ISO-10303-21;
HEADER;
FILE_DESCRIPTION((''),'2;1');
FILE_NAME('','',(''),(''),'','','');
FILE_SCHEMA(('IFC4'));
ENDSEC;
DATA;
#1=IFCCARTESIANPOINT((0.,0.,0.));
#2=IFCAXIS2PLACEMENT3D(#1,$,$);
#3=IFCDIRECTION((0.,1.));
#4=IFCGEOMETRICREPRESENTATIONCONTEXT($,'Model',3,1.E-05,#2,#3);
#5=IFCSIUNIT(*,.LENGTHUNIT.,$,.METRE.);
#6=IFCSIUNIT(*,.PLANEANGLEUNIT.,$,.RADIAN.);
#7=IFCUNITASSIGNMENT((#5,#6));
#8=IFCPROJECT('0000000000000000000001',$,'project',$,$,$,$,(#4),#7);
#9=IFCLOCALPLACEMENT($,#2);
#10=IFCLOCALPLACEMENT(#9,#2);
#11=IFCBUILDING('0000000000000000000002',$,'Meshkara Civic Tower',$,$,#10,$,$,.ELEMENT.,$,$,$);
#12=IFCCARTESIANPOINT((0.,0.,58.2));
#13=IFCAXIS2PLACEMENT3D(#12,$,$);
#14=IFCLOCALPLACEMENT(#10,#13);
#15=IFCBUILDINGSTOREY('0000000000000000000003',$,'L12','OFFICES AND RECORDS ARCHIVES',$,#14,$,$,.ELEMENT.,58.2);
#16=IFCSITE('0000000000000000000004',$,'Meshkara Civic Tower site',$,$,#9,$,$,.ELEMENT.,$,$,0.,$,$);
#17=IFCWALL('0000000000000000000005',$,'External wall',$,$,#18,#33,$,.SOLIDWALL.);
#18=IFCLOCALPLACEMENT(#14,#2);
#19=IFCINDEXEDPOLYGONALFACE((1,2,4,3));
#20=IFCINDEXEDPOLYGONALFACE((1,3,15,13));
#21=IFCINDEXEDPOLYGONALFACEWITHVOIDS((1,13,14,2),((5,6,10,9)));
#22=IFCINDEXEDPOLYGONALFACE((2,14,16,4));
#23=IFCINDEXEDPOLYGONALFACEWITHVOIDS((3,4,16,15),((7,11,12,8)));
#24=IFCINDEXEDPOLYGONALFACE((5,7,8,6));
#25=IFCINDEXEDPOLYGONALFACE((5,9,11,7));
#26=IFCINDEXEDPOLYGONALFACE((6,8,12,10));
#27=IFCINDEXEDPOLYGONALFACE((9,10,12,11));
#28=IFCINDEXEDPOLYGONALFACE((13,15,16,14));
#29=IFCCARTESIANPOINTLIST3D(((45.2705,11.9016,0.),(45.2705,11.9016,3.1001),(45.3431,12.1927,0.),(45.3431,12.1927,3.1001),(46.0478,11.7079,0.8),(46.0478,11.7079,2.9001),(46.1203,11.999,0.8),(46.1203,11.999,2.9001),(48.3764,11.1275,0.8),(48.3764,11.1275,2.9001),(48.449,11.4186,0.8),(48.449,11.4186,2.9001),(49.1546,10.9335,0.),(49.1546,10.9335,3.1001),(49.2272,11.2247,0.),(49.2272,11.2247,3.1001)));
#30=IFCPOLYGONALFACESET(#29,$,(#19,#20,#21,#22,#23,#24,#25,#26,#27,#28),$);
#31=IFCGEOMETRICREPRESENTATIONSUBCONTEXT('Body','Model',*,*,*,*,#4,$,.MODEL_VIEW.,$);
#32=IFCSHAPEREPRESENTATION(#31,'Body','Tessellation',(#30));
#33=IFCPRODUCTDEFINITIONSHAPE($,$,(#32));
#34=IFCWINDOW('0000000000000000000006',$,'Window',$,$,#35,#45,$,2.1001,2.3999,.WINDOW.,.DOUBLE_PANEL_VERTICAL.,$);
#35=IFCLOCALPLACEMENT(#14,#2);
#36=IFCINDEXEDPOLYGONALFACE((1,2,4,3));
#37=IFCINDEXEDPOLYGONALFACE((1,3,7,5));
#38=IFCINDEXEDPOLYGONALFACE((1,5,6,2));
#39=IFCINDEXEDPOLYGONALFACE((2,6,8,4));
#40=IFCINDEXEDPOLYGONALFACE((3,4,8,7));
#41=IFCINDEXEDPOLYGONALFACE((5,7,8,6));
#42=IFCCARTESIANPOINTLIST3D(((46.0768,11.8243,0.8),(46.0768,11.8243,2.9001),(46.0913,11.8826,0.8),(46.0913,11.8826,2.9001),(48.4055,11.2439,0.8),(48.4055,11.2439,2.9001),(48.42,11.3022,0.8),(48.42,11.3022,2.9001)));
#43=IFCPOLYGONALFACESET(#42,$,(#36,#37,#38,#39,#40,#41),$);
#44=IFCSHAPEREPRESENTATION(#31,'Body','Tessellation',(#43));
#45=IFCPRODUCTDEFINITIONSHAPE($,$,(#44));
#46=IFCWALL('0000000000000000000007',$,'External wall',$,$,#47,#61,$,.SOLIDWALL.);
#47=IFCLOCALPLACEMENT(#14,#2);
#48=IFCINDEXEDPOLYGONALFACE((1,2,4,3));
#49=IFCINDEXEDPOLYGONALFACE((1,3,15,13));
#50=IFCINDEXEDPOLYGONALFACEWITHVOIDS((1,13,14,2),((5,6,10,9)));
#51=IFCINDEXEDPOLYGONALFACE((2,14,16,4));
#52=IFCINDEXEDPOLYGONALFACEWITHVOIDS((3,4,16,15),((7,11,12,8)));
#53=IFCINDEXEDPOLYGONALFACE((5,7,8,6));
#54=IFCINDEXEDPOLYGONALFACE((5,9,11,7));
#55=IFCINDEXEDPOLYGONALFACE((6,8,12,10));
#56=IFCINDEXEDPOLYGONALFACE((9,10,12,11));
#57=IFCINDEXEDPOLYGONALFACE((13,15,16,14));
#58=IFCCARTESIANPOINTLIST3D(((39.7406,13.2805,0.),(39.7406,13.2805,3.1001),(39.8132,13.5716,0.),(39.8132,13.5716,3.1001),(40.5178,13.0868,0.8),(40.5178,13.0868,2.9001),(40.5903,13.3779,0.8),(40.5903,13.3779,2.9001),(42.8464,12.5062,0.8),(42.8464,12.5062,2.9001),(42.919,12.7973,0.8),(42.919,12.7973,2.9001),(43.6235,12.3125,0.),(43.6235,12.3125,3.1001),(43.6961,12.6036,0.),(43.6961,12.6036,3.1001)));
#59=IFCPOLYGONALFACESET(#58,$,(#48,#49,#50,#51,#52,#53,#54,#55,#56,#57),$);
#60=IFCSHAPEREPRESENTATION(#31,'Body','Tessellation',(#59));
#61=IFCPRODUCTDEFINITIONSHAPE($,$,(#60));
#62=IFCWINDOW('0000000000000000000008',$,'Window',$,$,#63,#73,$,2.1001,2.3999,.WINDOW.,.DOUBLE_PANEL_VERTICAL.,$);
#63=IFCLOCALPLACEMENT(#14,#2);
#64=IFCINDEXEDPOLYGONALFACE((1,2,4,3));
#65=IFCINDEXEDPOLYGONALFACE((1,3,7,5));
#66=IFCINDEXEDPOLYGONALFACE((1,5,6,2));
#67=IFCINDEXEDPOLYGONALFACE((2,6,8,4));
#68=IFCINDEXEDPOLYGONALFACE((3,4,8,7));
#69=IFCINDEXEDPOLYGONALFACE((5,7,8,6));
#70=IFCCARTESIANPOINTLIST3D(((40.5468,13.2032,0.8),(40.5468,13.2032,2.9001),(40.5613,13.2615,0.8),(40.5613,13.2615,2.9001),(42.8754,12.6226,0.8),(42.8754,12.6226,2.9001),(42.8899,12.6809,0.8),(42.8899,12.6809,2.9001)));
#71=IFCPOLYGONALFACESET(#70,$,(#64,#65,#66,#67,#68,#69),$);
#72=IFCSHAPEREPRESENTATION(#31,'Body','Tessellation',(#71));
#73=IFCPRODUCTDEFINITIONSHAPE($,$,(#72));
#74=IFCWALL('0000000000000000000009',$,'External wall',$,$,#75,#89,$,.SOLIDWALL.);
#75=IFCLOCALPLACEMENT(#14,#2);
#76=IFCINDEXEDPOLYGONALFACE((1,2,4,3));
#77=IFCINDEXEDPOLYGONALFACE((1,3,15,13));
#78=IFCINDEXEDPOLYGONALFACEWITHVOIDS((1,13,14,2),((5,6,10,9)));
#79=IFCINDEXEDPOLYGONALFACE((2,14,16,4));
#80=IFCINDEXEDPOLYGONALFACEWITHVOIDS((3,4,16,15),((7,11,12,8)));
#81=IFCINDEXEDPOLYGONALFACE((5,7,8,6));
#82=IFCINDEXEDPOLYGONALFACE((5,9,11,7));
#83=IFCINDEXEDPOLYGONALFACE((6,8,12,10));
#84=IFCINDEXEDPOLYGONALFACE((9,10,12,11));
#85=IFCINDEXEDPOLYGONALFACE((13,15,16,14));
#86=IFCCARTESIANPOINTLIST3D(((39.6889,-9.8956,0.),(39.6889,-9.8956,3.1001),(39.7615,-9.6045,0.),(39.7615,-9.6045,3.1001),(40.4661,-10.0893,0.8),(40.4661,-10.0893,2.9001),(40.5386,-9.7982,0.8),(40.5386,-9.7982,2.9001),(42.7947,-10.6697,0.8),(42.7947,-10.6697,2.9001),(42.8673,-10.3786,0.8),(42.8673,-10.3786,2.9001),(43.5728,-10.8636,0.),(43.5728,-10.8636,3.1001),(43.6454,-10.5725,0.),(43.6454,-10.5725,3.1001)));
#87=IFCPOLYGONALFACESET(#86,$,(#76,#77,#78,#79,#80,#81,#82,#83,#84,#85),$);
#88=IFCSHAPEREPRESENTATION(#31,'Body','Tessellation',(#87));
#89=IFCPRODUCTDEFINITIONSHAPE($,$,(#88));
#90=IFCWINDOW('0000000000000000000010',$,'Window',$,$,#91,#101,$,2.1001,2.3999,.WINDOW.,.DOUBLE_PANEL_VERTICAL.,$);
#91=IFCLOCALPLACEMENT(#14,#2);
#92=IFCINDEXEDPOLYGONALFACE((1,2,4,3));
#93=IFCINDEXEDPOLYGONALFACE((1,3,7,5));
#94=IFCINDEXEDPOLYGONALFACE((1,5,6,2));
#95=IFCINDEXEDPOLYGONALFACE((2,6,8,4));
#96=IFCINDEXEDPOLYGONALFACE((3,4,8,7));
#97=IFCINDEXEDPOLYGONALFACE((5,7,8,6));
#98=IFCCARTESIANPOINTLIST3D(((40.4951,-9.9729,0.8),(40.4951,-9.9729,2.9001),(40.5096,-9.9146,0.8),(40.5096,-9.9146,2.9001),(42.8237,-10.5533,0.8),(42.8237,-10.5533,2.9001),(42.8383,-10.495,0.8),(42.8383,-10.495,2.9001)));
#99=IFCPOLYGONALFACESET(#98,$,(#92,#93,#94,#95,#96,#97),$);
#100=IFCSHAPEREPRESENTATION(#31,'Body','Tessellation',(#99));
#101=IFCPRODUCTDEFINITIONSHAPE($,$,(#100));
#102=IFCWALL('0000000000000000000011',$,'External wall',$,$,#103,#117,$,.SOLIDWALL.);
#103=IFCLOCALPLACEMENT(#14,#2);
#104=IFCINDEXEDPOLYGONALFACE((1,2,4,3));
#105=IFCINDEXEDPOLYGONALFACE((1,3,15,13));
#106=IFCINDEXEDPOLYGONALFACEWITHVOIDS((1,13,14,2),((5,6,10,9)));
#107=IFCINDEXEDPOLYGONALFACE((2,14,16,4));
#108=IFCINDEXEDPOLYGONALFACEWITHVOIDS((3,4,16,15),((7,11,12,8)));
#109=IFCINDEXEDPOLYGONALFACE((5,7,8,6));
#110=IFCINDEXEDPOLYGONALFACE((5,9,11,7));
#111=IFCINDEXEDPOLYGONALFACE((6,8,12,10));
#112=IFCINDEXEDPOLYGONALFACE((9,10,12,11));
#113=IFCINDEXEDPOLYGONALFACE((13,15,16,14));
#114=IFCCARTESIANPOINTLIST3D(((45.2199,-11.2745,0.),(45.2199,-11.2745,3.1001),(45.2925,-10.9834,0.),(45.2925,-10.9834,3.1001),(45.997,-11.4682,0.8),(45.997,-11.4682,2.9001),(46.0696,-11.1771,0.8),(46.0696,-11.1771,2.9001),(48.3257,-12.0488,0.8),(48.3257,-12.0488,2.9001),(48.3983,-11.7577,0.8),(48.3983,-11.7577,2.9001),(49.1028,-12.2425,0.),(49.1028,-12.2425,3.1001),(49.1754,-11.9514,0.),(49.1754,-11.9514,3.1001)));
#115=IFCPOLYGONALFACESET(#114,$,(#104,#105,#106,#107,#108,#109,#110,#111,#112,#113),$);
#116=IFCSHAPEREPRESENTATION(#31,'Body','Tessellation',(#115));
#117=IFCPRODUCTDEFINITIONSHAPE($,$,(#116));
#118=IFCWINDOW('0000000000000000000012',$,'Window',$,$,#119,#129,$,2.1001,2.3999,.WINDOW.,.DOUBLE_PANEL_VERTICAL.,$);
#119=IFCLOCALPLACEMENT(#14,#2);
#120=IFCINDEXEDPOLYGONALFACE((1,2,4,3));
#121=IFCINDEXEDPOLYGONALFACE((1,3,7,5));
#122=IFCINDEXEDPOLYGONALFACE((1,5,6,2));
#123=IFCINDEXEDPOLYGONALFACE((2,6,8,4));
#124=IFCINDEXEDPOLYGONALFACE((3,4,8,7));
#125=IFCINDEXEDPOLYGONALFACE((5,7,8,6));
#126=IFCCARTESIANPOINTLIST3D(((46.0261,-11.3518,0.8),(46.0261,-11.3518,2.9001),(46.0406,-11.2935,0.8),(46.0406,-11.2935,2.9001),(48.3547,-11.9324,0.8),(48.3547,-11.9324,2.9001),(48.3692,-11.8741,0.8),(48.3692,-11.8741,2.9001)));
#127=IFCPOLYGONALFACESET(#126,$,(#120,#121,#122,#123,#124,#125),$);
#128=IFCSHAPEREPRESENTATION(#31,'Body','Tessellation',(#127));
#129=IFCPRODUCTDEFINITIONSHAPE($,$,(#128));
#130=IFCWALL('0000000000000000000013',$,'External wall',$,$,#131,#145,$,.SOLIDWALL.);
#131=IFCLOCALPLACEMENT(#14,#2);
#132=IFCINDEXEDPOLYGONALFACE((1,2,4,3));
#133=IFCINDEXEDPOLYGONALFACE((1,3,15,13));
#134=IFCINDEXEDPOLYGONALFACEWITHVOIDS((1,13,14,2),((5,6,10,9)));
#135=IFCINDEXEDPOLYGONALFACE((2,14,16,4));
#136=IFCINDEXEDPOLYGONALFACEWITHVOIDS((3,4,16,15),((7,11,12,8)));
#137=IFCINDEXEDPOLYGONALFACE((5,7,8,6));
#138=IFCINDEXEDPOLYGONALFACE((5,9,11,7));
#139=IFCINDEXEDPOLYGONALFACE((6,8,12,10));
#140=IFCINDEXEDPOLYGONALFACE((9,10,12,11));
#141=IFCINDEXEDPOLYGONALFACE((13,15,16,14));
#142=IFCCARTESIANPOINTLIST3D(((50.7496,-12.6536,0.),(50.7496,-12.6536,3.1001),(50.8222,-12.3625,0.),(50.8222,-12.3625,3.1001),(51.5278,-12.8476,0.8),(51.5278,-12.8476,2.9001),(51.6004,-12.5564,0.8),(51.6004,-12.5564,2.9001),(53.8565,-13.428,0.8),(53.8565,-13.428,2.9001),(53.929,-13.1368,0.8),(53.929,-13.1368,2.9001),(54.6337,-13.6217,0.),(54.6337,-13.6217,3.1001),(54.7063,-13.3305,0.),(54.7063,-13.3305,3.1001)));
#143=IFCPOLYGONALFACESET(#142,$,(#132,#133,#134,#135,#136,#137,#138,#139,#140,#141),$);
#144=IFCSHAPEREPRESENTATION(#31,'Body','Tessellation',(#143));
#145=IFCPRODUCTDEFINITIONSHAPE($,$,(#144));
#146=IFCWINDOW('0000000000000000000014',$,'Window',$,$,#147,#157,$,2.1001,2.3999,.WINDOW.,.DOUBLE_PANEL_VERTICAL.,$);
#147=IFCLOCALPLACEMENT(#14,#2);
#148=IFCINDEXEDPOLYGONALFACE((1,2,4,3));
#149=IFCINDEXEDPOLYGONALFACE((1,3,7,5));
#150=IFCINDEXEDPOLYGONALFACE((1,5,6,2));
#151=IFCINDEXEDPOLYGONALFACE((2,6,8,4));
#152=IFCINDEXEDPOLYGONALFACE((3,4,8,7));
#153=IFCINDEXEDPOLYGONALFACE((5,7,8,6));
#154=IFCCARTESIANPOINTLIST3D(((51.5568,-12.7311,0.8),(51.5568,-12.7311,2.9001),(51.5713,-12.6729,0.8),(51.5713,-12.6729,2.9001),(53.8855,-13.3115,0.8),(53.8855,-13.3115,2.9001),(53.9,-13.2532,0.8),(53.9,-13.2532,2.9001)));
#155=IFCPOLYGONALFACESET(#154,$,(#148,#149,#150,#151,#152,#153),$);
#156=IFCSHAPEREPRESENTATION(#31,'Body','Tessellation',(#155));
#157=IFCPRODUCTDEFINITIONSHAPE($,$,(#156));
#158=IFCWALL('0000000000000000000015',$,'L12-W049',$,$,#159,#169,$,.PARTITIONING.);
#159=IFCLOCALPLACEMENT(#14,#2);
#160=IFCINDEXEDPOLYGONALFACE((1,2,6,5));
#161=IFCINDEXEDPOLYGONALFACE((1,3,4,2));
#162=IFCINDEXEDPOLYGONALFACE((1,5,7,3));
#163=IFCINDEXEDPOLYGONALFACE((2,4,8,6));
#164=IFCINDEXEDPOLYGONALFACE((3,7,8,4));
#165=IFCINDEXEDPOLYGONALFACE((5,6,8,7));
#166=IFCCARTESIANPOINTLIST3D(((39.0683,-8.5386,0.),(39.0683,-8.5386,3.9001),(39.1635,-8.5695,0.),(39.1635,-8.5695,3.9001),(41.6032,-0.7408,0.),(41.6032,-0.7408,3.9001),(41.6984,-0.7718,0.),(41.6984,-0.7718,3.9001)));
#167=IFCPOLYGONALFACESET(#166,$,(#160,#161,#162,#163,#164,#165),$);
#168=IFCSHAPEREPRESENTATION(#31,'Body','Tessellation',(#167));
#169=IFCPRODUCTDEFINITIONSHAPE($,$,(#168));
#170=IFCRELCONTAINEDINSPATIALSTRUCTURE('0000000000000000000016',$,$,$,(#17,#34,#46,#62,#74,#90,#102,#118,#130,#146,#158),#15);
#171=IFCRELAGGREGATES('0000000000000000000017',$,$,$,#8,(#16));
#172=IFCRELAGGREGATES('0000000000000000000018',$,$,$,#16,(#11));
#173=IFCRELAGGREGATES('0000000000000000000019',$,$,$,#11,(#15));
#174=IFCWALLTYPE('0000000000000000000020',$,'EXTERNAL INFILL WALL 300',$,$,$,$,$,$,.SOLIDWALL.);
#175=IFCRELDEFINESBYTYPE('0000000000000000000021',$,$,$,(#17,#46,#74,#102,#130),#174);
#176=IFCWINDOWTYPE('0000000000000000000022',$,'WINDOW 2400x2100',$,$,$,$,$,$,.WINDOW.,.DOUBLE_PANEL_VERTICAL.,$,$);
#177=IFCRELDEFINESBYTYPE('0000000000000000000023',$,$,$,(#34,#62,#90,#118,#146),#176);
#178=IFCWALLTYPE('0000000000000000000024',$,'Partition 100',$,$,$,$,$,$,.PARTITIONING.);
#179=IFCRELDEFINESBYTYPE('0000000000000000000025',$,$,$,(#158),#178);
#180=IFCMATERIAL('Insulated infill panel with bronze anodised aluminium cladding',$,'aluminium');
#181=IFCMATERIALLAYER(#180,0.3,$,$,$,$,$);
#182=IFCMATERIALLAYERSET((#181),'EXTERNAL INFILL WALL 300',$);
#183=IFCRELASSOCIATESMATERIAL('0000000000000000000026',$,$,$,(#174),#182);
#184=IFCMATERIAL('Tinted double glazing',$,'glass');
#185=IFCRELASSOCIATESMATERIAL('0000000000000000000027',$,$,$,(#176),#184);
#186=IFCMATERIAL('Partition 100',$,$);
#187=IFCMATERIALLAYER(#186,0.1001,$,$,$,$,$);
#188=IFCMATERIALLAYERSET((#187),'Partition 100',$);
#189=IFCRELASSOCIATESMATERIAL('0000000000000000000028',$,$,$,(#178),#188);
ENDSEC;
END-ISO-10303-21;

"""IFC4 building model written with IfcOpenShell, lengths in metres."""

from ifc_helpers import new_model, si_unit, direction, frame, frame_2d, origin, place, context, subcontext, project, spatial, rectangle, extrude, material, layer, layer_set, type_object, element, fill, save


model = new_model("IFC4")

# Units and contexts
model_context = context("Model", 3, precision=1e-05, world=origin(), true_north=direction((0.0, 1.0)))
body_context = subcontext(model_context, "Body", "Model", "MODEL_VIEW")
ifc_project = project(units=[si_unit("LENGTHUNIT", "METRE"), si_unit("PLANEANGLEUNIT", "RADIAN")], contexts=[model_context])

# Site, building, storey
site_placement = place(None, origin())
site = spatial("IfcSite", under=ifc_project, at=site_placement, Name="Meshkara Civic Tower site", CompositionType="ELEMENT", RefElevation=0.0)
building_placement = place(site_placement, origin())
building = spatial("IfcBuilding", under=site, at=building_placement, Name="Meshkara Civic Tower", CompositionType="ELEMENT")
storey_placement = place(building_placement, frame((0.0, 0.0, 58.2)))
storey = spatial("IfcBuildingStorey", under=building, at=storey_placement, Name="L12", Description="OFFICES AND RECORDS ARCHIVES", CompositionType="ELEMENT", Elevation=58.2)

# Walls, openings, windows
ifc_material_1 = material(Name="Insulated infill panel with bronze anodised aluminium cladding", Category="aluminium")
ifc_layer_1 = layer(ifc_material_1, 0.3)
ifc_layer_set_1 = layer_set([ifc_layer_1], Name="EXTERNAL INFILL WALL 300")
wall_type_1 = type_object("IfcWallType", Name="EXTERNAL INFILL WALL 300", PredefinedType="SOLIDWALL", material=ifc_layer_set_1)
wall_1_placement = place(storey_placement, frame((49.1909, 11.0791, 0.0), z_axis=(0.0, 0.0, 1.0), x_axis=(-0.970318, 0.241832, 0.0)))
wall_1 = element("IfcWall", 1, at=wall_1_placement, inside=storey, type_object=wall_type_1, Name="External wall", PredefinedType="SOLIDWALL", context=body_context, shape_type="SweptSolid", body=[
    extrude(rectangle(XDim=4.0029, YDim=0.3, at=frame_2d((2.0015, 0.0))), origin(), (0.0, 0.0, 1.0), 3.1001),
])
opening_1_placement = place(wall_1_placement, frame((0.802, 0.0, 0.8)))
opening_1 = element("IfcOpeningElement", 2, at=opening_1_placement, cuts=wall_1, PredefinedType="OPENING", context=body_context, shape_type="SweptSolid", body=[
    extrude(rectangle(XDim=2.3999, YDim=2.1001, at=frame_2d((1.2, 1.05))), frame((0.0, 0.1599, 0.0), z_axis=(0.0, -1.0, 0.0), x_axis=(1.0, 0.0, 0.0)), (0.0, 0.0, 1.0), 0.3201),
])
ifc_material_2 = material(Name="Tinted double glazing", Category="glass")
window_type = type_object("IfcWindowType", Name="WINDOW 2400x2100", PartitioningType="DOUBLE_PANEL_VERTICAL", PredefinedType="WINDOW", material=ifc_material_2)
window_1_placement = place(opening_1_placement, origin())
window_1 = element("IfcWindow", 3, at=window_1_placement, inside=storey, type_object=window_type, Name="Window", OverallHeight=2.1001, OverallWidth=2.3999, PartitioningType="DOUBLE_PANEL_VERTICAL", PredefinedType="WINDOW", context=body_context, shape_type="SweptSolid", body=[
    extrude(rectangle(XDim=2.3999, YDim=2.1001, at=frame_2d((1.2, 1.05))), frame((0.0, 0.03, 0.0), z_axis=(0.0, -1.0, 0.0), x_axis=(1.0, 0.0, 0.0)), (0.0, 0.0, 1.0), 0.0601),
])
fill(opening_1, window_1)
wall_2_placement = place(storey_placement, frame((43.6599, 12.458, 0.0), z_axis=(0.0, 0.0, 1.0), x_axis=(-0.9703, 0.241904, 0.0)))
wall_2 = element("IfcWall", 4, at=wall_2_placement, inside=storey, type_object=wall_type_1, Name="External wall", PredefinedType="SOLIDWALL", context=body_context, shape_type="SweptSolid", body=[
    extrude(rectangle(XDim=4.0017, YDim=0.3, at=frame_2d((2.001, 0.0))), origin(), (0.0, 0.0, 1.0), 3.1001),
])
opening_2_placement = place(wall_2_placement, frame((0.801, 0.0, 0.8)))
opening_2 = element("IfcOpeningElement", 5, at=opening_2_placement, cuts=wall_2, PredefinedType="OPENING", context=body_context, shape_type="SweptSolid", body=[
    extrude(rectangle(XDim=2.3999, YDim=2.1001, at=frame_2d((1.2, 1.05))), frame((0.0, 0.1599, 0.0), z_axis=(0.0, -1.0, 0.0), x_axis=(1.0, 0.0, 0.0)), (0.0, 0.0, 1.0), 0.3201),
])
window_2_placement = place(opening_2_placement, origin())
window_2 = element("IfcWindow", 6, at=window_2_placement, inside=storey, type_object=window_type, Name="Window", OverallHeight=2.1001, OverallWidth=2.3999, PartitioningType="DOUBLE_PANEL_VERTICAL", PredefinedType="WINDOW", context=body_context, shape_type="SweptSolid", body=[
    extrude(rectangle(XDim=2.3999, YDim=2.1001, at=frame_2d((1.2, 1.05))), frame((0.0, 0.03, 0.0), z_axis=(0.0, -1.0, 0.0), x_axis=(1.0, 0.0, 0.0)), (0.0, 0.0, 1.0), 0.0601),
])
fill(opening_2, window_2)
wall_3_placement = place(storey_placement, frame((39.7251, -9.75, 0.0), z_axis=(0.0, 0.0, 1.0), x_axis=(0.970314, -0.241847, 0.0)))
wall_3 = element("IfcWall", 7, at=wall_3_placement, inside=storey, type_object=wall_type_1, Name="External wall", PredefinedType="SOLIDWALL", context=body_context, shape_type="SweptSolid", body=[
    extrude(rectangle(XDim=4.0027, YDim=0.3, at=frame_2d((2.0015, 0.0))), origin(), (0.0, 0.0, 1.0), 3.1001),
])
opening_3_placement = place(wall_3_placement, frame((0.801, 0.0, 0.8)))
opening_3 = element("IfcOpeningElement", 8, at=opening_3_placement, cuts=wall_3, PredefinedType="OPENING", context=body_context, shape_type="SweptSolid", body=[
    extrude(rectangle(XDim=2.3999, YDim=2.1001, at=frame_2d((1.2, 1.05))), frame((0.0, 0.1599, 0.0), z_axis=(0.0, -1.0, 0.0), x_axis=(1.0, 0.0, 0.0)), (0.0, 0.0, 1.0), 0.3201),
])
window_3_placement = place(opening_3_placement, origin())
window_3 = element("IfcWindow", 9, at=window_3_placement, inside=storey, type_object=window_type, Name="Window", OverallHeight=2.1001, OverallWidth=2.3999, PartitioningType="DOUBLE_PANEL_VERTICAL", PredefinedType="WINDOW", context=body_context, shape_type="SweptSolid", body=[
    extrude(rectangle(XDim=2.3999, YDim=2.1001, at=frame_2d((1.2, 1.05))), frame((0.0, 0.03, 0.0), z_axis=(0.0, -1.0, 0.0), x_axis=(1.0, 0.0, 0.0)), (0.0, 0.0, 1.0), 0.0601),
])
fill(opening_3, window_3)
wall_4_placement = place(storey_placement, frame((45.2561, -11.1289, 0.0), z_axis=(0.0, 0.0, 1.0), x_axis=(0.9703, -0.241904, 0.0)))
wall_4 = element("IfcWall", 10, at=wall_4_placement, inside=storey, type_object=wall_type_1, Name="External wall", PredefinedType="SOLIDWALL", context=body_context, shape_type="SweptSolid", body=[
    extrude(rectangle(XDim=4.0017, YDim=0.3, at=frame_2d((2.001, 0.0))), origin(), (0.0, 0.0, 1.0), 3.1001),
])
opening_4_placement = place(wall_4_placement, frame((0.801, 0.0, 0.8)))
opening_4 = element("IfcOpeningElement", 11, at=opening_4_placement, cuts=wall_4, PredefinedType="OPENING", context=body_context, shape_type="SweptSolid", body=[
    extrude(rectangle(XDim=2.3999, YDim=2.1001, at=frame_2d((1.2, 1.05))), frame((0.0, 0.1599, 0.0), z_axis=(0.0, -1.0, 0.0), x_axis=(1.0, 0.0, 0.0)), (0.0, 0.0, 1.0), 0.3201),
])
window_4_placement = place(opening_4_placement, origin())
window_4 = element("IfcWindow", 12, at=window_4_placement, inside=storey, type_object=window_type, Name="Window", OverallHeight=2.1001, OverallWidth=2.3999, PartitioningType="DOUBLE_PANEL_VERTICAL", PredefinedType="WINDOW", context=body_context, shape_type="SweptSolid", body=[
    extrude(rectangle(XDim=2.3999, YDim=2.1001, at=frame_2d((1.2, 1.05))), frame((0.0, 0.03, 0.0), z_axis=(0.0, -1.0, 0.0), x_axis=(1.0, 0.0, 0.0)), (0.0, 0.0, 1.0), 0.0601),
])
fill(opening_4, window_4)
wall_5_placement = place(storey_placement, frame((50.7859, -12.5081, 0.0), z_axis=(0.0, 0.0, 1.0), x_axis=(0.970318, -0.241832, 0.0)))
wall_5 = element("IfcWall", 13, at=wall_5_placement, inside=storey, type_object=wall_type_1, Name="External wall", PredefinedType="SOLIDWALL", context=body_context, shape_type="SweptSolid", body=[
    extrude(rectangle(XDim=4.0029, YDim=0.3, at=frame_2d((2.0015, 0.0))), origin(), (0.0, 0.0, 1.0), 3.1001),
])
opening_5_placement = place(wall_5_placement, frame((0.802, 0.0, 0.8)))
opening_5 = element("IfcOpeningElement", 14, at=opening_5_placement, cuts=wall_5, PredefinedType="OPENING", context=body_context, shape_type="SweptSolid", body=[
    extrude(rectangle(XDim=2.3999, YDim=2.1001, at=frame_2d((1.2, 1.05))), frame((0.0, 0.1599, 0.0), z_axis=(0.0, -1.0, 0.0), x_axis=(1.0, 0.0, 0.0)), (0.0, 0.0, 1.0), 0.3201),
])
window_5_placement = place(opening_5_placement, origin())
window_5 = element("IfcWindow", 15, at=window_5_placement, inside=storey, type_object=window_type, Name="Window", OverallHeight=2.1001, OverallWidth=2.3999, PartitioningType="DOUBLE_PANEL_VERTICAL", PredefinedType="WINDOW", context=body_context, shape_type="SweptSolid", body=[
    extrude(rectangle(XDim=2.3999, YDim=2.1001, at=frame_2d((1.2, 1.05))), frame((0.0, 0.03, 0.0), z_axis=(0.0, -1.0, 0.0), x_axis=(1.0, 0.0, 0.0)), (0.0, 0.0, 1.0), 0.0601),
])
fill(opening_5, window_5)

# Wall
ifc_material_3 = material(Name="Partition 100")
ifc_layer_2 = layer(ifc_material_3, 0.1001)
ifc_layer_set_2 = layer_set([ifc_layer_2], Name="Partition 100")
wall_type_2 = type_object("IfcWallType", Name="Partition 100", PredefinedType="PARTITIONING", material=ifc_layer_set_2)
wall_6_placement = place(storey_placement, frame((39.116, -8.554, 0.0), z_axis=(0.0, 0.0, 1.0), x_axis=(0.309153, 0.951012, 0.0)))
element("IfcWall", 16, at=wall_6_placement, inside=storey, type_object=wall_type_2, Name="L12-W049", PredefinedType="PARTITIONING", context=body_context, shape_type="SweptSolid", body=[
    extrude(rectangle(XDim=8.1995, YDim=0.1001, at=frame_2d((4.0996, 0.0))), origin(), (0.0, 0.0, 1.0), 3.9001),
])

save(model, "model.ifc")
